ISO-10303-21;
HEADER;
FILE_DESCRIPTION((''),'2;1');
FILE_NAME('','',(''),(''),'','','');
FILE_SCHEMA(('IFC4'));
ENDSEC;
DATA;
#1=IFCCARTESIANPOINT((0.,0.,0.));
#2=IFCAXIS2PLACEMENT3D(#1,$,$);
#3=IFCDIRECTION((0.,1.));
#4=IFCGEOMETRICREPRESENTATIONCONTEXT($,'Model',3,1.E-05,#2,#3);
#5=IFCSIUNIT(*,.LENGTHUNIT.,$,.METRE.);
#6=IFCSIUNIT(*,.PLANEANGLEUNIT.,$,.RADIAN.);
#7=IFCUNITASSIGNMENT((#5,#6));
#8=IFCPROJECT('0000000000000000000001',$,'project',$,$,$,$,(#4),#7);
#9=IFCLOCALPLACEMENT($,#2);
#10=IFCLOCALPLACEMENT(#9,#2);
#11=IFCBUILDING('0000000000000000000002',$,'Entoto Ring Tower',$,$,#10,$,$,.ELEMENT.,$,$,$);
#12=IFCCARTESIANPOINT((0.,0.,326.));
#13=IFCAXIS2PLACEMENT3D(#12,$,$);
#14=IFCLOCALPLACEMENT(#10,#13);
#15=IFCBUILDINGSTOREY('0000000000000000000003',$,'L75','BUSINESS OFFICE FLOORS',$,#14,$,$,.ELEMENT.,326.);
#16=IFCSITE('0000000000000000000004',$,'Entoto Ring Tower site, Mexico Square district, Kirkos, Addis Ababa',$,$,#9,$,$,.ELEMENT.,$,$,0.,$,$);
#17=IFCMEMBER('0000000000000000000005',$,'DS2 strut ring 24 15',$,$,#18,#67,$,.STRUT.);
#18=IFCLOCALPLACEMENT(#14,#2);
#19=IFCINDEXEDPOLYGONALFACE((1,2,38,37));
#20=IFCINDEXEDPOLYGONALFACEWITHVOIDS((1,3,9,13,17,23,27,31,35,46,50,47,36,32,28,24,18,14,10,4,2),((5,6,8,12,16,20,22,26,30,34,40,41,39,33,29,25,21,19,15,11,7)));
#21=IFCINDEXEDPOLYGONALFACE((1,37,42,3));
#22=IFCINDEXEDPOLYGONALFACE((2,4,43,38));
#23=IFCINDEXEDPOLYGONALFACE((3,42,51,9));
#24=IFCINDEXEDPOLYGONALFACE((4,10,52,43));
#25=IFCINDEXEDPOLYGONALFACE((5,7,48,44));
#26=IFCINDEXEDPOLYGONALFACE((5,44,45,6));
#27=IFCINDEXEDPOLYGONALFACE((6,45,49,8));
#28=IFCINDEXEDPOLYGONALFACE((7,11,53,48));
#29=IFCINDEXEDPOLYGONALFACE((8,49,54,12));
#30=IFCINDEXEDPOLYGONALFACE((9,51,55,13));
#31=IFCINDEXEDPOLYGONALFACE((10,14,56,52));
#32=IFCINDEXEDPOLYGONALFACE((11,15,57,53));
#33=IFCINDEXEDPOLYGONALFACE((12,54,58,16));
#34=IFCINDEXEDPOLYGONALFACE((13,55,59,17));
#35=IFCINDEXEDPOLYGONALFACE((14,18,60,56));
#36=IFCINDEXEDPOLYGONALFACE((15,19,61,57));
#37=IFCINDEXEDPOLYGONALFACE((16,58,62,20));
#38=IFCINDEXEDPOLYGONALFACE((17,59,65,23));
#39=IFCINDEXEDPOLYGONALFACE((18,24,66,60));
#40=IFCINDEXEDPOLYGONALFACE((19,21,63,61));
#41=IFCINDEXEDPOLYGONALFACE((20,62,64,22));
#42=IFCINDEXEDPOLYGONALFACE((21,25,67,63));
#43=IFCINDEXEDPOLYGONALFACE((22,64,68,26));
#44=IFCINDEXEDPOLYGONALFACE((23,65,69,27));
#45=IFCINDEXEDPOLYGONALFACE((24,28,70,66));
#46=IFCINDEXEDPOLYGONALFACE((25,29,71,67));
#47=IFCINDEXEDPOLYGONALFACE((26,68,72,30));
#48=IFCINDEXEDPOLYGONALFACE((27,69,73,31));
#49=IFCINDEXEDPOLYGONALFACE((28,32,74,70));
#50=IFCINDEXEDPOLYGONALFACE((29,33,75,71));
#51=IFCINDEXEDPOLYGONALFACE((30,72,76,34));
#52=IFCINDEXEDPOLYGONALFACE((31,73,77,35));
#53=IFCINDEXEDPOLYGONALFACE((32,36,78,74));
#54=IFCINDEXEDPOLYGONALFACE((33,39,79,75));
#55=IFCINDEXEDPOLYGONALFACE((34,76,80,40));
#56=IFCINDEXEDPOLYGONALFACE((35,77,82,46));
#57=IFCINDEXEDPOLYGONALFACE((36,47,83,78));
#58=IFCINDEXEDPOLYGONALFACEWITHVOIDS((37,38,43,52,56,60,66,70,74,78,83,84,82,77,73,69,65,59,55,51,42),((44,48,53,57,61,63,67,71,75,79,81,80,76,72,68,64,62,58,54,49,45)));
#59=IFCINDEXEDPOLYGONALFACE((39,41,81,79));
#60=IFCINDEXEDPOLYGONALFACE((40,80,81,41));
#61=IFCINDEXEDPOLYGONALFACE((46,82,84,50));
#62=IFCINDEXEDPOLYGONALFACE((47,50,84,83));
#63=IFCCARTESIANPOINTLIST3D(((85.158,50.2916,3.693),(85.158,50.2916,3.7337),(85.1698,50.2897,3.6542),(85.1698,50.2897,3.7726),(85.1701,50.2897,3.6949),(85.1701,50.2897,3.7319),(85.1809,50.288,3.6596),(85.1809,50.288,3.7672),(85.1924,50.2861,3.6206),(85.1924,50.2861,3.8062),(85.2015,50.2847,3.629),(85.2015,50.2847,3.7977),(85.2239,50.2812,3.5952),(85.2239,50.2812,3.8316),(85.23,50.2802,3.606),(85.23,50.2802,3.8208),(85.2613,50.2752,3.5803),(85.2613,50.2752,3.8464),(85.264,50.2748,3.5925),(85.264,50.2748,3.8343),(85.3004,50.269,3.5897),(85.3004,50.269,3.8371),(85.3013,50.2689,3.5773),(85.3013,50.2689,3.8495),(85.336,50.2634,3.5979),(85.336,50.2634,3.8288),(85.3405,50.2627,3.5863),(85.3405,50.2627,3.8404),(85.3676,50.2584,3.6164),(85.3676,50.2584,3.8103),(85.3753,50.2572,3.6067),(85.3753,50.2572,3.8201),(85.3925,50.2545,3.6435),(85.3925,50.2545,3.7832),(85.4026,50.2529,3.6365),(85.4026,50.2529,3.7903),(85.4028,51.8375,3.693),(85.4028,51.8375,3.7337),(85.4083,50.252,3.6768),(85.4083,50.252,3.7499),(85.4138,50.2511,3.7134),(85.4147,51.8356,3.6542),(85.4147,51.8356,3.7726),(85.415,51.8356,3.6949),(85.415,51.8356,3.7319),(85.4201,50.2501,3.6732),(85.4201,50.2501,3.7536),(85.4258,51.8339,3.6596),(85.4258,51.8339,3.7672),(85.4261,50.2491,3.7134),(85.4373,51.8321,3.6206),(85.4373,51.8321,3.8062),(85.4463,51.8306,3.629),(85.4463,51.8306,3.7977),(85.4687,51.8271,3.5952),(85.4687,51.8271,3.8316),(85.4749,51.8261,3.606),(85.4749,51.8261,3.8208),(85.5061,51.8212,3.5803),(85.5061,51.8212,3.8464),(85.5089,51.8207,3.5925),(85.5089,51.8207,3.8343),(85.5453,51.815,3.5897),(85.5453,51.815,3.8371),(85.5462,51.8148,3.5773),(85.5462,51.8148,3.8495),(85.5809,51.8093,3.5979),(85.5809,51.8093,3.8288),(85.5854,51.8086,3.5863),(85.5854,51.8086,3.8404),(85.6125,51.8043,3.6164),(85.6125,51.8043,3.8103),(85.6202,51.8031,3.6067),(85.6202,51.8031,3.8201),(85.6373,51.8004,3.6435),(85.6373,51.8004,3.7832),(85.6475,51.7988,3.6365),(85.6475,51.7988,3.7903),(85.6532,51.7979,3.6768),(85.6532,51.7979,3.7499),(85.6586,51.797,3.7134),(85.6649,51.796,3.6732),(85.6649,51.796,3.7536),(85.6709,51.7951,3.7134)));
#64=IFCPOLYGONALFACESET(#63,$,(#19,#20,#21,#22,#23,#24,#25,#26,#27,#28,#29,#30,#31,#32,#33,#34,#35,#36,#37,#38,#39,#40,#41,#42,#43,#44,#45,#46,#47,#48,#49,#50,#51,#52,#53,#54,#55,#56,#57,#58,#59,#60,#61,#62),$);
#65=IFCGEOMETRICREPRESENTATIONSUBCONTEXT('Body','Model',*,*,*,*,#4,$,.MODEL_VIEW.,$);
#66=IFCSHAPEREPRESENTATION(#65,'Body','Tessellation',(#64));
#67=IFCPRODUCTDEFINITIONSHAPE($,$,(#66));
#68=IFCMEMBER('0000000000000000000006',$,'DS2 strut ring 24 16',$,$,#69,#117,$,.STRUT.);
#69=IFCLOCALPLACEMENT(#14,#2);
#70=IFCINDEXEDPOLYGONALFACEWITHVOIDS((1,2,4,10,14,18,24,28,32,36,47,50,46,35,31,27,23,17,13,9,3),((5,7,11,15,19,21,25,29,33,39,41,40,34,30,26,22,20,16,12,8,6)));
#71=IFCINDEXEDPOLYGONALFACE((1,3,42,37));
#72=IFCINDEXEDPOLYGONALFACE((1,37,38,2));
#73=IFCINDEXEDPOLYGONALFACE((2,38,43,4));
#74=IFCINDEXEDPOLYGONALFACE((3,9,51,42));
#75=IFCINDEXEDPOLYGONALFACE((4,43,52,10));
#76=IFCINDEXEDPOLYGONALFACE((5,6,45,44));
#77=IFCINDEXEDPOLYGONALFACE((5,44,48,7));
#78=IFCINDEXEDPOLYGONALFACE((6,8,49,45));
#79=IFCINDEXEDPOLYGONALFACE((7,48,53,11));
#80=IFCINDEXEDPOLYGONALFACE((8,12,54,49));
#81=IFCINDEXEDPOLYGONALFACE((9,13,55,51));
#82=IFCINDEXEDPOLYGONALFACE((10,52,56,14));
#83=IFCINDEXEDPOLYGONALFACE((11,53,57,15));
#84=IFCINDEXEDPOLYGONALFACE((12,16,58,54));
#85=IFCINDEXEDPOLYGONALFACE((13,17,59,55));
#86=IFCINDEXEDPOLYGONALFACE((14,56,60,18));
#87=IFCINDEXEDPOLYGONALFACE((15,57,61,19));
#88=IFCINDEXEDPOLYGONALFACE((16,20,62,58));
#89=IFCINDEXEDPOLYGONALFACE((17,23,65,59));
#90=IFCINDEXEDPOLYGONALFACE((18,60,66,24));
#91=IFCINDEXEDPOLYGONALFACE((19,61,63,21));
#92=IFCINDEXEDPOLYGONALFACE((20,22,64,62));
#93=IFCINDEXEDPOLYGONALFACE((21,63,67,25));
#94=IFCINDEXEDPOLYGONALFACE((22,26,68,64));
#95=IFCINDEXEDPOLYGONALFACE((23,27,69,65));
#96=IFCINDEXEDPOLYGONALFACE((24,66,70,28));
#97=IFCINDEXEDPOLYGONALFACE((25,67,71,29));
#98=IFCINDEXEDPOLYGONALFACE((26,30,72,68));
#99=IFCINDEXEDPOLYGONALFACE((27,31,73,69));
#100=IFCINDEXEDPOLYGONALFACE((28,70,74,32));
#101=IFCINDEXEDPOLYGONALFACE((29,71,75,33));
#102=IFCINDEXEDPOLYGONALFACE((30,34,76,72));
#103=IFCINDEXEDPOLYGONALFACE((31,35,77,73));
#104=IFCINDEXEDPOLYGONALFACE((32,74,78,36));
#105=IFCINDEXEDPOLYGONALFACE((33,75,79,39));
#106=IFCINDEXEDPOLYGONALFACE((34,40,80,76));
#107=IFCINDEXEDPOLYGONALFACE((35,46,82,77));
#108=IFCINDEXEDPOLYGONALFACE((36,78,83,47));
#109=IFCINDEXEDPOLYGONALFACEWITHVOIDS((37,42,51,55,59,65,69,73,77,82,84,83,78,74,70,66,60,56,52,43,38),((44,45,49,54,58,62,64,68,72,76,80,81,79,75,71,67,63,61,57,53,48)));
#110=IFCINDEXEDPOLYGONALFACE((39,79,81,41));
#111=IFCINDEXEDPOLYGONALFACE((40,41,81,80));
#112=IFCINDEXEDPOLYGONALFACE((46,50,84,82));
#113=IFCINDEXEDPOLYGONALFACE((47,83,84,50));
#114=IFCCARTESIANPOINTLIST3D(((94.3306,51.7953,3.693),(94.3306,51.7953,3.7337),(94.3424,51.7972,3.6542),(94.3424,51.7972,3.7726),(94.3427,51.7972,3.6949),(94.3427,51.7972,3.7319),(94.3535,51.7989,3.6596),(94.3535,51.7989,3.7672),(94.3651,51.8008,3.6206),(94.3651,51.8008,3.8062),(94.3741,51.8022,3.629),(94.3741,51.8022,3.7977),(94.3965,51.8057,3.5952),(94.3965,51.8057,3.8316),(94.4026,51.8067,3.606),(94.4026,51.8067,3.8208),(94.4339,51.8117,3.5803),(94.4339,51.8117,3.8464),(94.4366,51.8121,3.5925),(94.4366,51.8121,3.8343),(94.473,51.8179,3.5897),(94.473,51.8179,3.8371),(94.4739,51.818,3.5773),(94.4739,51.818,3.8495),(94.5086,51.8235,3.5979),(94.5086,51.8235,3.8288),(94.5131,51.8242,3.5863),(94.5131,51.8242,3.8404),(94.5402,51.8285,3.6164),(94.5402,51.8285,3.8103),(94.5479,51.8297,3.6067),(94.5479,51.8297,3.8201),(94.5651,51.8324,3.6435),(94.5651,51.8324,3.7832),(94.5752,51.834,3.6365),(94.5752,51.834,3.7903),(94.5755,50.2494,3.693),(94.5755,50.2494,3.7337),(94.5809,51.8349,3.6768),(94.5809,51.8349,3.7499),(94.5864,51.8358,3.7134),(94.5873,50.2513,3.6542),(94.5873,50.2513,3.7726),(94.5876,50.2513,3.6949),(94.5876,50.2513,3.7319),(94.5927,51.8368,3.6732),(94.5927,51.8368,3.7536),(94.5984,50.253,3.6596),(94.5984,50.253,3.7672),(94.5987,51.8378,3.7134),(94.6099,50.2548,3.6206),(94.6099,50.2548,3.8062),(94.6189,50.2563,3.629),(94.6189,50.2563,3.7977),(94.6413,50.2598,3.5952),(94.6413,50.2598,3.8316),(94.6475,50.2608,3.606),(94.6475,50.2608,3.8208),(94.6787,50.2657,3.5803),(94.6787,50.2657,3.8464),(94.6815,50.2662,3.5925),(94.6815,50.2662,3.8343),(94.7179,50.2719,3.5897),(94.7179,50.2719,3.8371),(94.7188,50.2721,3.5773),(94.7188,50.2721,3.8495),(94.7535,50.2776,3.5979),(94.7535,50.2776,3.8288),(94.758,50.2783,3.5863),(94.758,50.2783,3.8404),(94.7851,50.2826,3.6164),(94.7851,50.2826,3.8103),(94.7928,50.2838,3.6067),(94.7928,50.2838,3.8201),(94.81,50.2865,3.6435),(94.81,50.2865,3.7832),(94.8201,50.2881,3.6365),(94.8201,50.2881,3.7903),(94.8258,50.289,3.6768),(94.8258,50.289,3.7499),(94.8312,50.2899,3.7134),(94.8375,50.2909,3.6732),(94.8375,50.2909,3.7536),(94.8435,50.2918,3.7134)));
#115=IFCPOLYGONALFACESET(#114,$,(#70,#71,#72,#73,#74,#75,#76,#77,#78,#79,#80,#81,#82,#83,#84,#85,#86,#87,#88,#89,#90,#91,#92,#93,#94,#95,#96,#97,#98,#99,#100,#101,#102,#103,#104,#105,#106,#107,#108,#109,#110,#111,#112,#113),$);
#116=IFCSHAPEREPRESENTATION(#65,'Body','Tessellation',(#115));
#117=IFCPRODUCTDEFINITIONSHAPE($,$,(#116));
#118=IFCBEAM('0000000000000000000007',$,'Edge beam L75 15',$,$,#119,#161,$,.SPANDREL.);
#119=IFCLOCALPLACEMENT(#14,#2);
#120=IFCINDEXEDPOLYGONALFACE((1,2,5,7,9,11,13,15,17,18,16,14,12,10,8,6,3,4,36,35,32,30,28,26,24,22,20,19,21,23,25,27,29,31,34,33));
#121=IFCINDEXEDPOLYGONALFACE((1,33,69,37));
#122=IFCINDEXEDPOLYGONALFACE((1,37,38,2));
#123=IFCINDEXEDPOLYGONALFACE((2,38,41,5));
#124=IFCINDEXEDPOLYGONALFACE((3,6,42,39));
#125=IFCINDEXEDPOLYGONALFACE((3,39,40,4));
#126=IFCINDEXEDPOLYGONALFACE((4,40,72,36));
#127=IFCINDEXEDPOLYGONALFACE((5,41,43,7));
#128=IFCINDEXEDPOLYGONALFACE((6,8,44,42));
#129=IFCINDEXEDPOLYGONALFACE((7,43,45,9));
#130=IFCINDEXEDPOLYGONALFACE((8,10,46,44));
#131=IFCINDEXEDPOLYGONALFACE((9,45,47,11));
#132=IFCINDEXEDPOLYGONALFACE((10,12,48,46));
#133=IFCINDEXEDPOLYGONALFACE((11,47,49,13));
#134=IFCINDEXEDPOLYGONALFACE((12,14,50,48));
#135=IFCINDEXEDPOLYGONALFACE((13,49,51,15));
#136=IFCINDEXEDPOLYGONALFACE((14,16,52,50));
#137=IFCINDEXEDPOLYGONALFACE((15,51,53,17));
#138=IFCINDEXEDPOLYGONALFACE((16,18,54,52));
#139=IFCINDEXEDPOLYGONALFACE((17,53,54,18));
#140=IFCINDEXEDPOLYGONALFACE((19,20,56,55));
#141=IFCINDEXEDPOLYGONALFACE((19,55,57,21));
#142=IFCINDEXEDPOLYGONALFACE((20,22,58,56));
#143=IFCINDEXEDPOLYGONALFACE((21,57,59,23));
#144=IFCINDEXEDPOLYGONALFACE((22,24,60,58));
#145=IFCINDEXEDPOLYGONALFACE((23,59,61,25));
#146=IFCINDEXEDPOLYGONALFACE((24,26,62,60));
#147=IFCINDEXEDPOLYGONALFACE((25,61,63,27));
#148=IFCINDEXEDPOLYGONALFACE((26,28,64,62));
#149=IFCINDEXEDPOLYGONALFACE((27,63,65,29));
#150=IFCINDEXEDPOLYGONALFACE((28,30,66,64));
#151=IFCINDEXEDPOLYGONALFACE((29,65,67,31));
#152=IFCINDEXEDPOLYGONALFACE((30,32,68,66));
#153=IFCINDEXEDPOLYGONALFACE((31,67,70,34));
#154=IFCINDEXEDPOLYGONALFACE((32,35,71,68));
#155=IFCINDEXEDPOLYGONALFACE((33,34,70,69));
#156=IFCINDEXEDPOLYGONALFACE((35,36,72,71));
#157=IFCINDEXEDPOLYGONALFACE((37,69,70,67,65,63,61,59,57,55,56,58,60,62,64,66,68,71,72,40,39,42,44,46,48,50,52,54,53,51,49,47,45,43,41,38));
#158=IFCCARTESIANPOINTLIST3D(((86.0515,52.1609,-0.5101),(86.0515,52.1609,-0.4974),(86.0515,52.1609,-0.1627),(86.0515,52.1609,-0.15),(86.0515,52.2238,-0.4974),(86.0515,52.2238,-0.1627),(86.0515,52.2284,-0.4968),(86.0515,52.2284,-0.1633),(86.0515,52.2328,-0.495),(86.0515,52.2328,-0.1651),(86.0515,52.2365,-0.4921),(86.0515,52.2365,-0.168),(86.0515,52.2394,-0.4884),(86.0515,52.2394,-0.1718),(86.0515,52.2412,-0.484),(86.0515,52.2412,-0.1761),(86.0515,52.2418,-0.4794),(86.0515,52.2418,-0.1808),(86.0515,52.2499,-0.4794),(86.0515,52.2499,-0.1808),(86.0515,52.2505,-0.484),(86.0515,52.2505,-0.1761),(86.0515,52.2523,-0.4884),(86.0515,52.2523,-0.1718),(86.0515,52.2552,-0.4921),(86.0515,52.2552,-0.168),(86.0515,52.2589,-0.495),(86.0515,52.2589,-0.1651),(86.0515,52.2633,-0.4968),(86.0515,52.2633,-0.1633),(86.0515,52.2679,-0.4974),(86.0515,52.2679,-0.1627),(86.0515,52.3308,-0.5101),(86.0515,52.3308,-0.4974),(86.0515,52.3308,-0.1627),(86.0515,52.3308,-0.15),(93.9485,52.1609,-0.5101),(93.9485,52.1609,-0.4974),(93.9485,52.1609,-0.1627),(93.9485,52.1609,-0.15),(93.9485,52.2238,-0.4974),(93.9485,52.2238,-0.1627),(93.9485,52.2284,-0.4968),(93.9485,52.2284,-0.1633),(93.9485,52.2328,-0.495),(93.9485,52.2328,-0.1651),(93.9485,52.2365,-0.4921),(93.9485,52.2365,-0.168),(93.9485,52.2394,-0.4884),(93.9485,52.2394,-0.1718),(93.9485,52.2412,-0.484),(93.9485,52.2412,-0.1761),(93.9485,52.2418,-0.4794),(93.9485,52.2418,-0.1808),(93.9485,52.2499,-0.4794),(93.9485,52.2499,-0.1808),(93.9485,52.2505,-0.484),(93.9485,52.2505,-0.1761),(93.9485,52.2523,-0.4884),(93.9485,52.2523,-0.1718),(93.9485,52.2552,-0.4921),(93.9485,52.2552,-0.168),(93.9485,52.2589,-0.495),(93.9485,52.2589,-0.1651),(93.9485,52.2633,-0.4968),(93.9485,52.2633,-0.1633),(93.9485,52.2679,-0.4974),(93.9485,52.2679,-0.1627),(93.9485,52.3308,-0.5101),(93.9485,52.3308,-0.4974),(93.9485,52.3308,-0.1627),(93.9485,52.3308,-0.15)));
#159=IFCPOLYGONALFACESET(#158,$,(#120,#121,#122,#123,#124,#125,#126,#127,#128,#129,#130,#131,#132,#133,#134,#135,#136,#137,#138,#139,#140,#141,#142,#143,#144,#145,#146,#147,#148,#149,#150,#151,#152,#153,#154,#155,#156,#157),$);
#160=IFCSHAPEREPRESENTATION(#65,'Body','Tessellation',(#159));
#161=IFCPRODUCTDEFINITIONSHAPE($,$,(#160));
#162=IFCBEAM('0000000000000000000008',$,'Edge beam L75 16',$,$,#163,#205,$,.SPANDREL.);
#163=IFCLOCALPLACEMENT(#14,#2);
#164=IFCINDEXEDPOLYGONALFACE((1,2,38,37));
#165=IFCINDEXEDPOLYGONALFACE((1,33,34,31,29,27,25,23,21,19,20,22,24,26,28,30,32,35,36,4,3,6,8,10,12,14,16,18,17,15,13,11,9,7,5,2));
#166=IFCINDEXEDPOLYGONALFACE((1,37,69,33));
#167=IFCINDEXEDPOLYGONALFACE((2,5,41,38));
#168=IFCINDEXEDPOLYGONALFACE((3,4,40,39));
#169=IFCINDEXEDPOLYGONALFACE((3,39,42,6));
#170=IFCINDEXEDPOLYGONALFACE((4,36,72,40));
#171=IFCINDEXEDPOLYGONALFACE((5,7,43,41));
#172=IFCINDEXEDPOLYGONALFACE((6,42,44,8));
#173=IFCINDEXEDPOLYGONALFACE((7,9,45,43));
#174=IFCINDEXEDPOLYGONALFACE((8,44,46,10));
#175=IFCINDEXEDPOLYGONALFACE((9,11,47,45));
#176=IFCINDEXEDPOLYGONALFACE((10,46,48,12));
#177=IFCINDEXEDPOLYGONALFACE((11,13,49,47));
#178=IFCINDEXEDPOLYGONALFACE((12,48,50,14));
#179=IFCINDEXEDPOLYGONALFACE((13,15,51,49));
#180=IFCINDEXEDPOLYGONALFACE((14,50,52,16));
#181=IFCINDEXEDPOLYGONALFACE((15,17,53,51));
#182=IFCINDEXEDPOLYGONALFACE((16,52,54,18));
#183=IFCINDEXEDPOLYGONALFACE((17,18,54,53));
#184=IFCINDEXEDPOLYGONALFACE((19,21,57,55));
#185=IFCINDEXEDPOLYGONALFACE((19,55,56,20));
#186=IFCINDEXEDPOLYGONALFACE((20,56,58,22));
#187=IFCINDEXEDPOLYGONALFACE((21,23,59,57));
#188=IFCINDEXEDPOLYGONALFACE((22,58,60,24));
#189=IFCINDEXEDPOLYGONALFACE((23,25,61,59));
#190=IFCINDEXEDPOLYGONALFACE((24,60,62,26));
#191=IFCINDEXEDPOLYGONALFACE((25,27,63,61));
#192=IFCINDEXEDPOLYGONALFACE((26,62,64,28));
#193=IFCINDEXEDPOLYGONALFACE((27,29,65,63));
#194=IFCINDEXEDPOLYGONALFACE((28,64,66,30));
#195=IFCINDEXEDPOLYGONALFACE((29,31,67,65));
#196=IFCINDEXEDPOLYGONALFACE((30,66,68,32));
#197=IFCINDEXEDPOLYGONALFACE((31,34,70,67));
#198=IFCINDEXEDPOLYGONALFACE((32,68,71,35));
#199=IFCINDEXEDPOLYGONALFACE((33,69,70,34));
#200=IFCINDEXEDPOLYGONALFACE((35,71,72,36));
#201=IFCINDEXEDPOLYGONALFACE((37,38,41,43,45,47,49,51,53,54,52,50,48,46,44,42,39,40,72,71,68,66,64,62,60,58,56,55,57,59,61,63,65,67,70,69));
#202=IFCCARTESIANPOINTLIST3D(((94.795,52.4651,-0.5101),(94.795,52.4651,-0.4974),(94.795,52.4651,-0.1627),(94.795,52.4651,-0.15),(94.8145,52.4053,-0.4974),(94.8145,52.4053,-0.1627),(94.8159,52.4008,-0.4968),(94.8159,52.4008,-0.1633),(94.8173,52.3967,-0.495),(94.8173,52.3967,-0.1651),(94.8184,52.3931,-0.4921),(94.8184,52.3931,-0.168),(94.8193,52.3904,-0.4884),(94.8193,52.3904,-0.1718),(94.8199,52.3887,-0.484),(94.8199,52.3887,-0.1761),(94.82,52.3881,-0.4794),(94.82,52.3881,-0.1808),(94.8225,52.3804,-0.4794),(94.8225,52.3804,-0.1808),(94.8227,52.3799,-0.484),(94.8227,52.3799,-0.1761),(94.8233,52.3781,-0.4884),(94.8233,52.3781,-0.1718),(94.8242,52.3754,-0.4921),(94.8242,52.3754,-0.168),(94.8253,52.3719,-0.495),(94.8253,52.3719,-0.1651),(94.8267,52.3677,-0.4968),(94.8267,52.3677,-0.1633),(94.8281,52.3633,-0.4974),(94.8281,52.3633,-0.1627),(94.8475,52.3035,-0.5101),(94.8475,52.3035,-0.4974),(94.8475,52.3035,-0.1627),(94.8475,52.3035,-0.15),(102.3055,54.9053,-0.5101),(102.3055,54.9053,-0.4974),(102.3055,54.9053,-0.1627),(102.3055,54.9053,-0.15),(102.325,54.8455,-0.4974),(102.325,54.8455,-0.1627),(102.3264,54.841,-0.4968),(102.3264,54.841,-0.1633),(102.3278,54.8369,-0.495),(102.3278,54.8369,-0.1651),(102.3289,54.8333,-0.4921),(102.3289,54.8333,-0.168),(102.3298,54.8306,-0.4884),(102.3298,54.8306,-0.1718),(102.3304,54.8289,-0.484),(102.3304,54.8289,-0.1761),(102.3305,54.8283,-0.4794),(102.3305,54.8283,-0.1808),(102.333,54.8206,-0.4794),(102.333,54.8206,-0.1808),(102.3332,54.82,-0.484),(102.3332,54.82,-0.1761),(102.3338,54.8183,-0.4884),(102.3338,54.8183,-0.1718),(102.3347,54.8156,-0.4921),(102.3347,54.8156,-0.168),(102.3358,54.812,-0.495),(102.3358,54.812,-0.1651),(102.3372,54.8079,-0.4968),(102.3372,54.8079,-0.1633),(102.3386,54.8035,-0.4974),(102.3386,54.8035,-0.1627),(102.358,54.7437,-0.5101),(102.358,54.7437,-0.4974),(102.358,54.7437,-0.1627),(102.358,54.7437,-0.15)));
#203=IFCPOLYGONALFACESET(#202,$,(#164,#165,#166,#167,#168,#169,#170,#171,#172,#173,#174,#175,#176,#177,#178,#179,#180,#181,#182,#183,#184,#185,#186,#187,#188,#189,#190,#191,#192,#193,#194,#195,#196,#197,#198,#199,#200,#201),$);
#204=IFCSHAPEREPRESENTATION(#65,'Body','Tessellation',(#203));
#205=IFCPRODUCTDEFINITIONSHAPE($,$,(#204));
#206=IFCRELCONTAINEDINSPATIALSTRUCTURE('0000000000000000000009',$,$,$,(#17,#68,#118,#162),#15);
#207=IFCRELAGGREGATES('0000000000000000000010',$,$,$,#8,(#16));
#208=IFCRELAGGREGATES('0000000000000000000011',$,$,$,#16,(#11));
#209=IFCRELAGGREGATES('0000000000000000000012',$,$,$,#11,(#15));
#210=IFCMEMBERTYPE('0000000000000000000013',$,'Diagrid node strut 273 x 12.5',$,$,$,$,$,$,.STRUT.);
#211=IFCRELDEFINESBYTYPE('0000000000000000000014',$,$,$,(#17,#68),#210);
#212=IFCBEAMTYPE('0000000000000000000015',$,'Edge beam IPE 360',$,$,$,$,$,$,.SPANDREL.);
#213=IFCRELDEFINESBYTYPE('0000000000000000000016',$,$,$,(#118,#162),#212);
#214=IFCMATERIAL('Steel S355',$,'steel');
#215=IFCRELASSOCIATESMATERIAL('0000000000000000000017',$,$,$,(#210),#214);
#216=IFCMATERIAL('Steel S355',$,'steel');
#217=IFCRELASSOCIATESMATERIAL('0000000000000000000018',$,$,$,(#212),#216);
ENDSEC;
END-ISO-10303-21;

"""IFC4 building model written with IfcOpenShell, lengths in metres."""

from ifc_helpers import new_model, si_unit, direction, frame, origin, origin_2d, place, context, subcontext, project, spatial, circle, hollow_circle, i_section, extrude, material, material_profile, profile_set, type_object, element, save


model = new_model("IFC4")

# Units and contexts
model_context = context("Model", 3, precision=1e-05, world=origin(), true_north=direction((0.0, 1.0)))
body_context = subcontext(model_context, "Body", "Model", "MODEL_VIEW")
ifc_project = project(units=[si_unit("LENGTHUNIT", "METRE"), si_unit("PLANEANGLEUNIT", "RADIAN")], contexts=[model_context])

# Site, building, storey
site_placement = place(None, origin())
site = spatial("IfcSite", under=ifc_project, at=site_placement, Name="Entoto Ring Tower site, Mexico Square district, Kirkos, Addis Ababa", CompositionType="ELEMENT", RefElevation=0.0)
building_placement = place(site_placement, origin())
building = spatial("IfcBuilding", under=site, at=building_placement, Name="Entoto Ring Tower", CompositionType="ELEMENT")
storey_placement = place(building_placement, frame((0.0, 0.0, 326.0)))
storey = spatial("IfcBuildingStorey", under=building, at=storey_placement, Name="L75", Description="BUSINESS OFFICE FLOORS", CompositionType="ELEMENT", Elevation=326.0)

# Members
ifc_material_1 = material(Name="Steel S355", Category="steel")
ifc_material_profile_1 = material_profile(ifc_material_1, hollow_circle(Radius=0.1365, WallThickness=0.0125, at=origin_2d()), Name="CHS 273 x 12.5")
ifc_material_2 = material(Name="Concrete C60/75", Category="concrete")
ifc_material_profile_2 = material_profile(ifc_material_2, circle(Radius=0.124, at=origin_2d()), Name="Concrete C60/75 infill")
ifc_profile_set_1 = profile_set([ifc_material_profile_1, ifc_material_profile_2], Name="Steel S355")
member_type = type_object("IfcMemberType", Name="Diagrid node strut 273 x 12.5", PredefinedType="STRUT", material=ifc_profile_set_1)
for number, where, z_axis, x_axis, name in (
    (1, (85.5361, 51.8164, 3.7134), (-0.156451, -0.987686, 0.0), (0.987686, -0.156451, 0.0), "DS2 strut ring 24 15"),
    (2, (94.4639, 51.8164, 3.7134), (0.156451, -0.987686, 0.0), (0.987686, 0.156451, 0.0), "DS2 strut ring 24 16"),
):
    element("IfcMember", number, at=place(storey_placement, frame(where, z_axis=z_axis, x_axis=x_axis)), inside=storey, type_object=member_type, Name=name, PredefinedType="STRUT", context=body_context, shape_type="SweptSolid", body=[
        extrude(hollow_circle(Radius=0.1365, WallThickness=0.0125, at=origin_2d()), origin(), (0.0, 0.0, 1.0), 1.5652),
    ])

# Beams
ifc_material_3 = material(Name="Steel S355", Category="steel")
ifc_material_profile_3 = material_profile(ifc_material_3, i_section(OverallWidth=0.1699, OverallDepth=0.3601, WebThickness=0.0081, FlangeThickness=0.0127, FilletRadius=0.0181, at=origin_2d()), Name="IPE 360")
ifc_profile_set_2 = profile_set([ifc_material_profile_3], Name="Steel S355")
beam_type_1 = type_object("IfcBeamType", Name="Edge beam IPE 360", PredefinedType="SPANDREL", material=ifc_profile_set_2)
for number, where, z_axis, x_axis, name in (
    (3, (86.0515, 52.2458, -0.3301), (1.0, 0.0, 0.0), (0.0, 1.0, 0.0), "Edge beam L75 15"),
    (4, (94.8213, 52.3843, -0.3301), (0.951061, 0.309003, 0.0), (-0.309003, 0.951061, 0.0), "Edge beam L75 16"),
):
    element("IfcBeam", number, at=place(storey_placement, frame(where, z_axis=z_axis, x_axis=x_axis)), inside=storey, type_object=beam_type_1, Name=name, PredefinedType="SPANDREL", context=body_context, shape_type="SweptSolid", body=[
        extrude(i_section(OverallWidth=0.1699, OverallDepth=0.3601, WebThickness=0.0081, FlangeThickness=0.0127, FilletRadius=0.0181, at=origin_2d()), origin(), (0.0, 0.0, 1.0), 7.897),
    ])

save(model, "model.ifc")
